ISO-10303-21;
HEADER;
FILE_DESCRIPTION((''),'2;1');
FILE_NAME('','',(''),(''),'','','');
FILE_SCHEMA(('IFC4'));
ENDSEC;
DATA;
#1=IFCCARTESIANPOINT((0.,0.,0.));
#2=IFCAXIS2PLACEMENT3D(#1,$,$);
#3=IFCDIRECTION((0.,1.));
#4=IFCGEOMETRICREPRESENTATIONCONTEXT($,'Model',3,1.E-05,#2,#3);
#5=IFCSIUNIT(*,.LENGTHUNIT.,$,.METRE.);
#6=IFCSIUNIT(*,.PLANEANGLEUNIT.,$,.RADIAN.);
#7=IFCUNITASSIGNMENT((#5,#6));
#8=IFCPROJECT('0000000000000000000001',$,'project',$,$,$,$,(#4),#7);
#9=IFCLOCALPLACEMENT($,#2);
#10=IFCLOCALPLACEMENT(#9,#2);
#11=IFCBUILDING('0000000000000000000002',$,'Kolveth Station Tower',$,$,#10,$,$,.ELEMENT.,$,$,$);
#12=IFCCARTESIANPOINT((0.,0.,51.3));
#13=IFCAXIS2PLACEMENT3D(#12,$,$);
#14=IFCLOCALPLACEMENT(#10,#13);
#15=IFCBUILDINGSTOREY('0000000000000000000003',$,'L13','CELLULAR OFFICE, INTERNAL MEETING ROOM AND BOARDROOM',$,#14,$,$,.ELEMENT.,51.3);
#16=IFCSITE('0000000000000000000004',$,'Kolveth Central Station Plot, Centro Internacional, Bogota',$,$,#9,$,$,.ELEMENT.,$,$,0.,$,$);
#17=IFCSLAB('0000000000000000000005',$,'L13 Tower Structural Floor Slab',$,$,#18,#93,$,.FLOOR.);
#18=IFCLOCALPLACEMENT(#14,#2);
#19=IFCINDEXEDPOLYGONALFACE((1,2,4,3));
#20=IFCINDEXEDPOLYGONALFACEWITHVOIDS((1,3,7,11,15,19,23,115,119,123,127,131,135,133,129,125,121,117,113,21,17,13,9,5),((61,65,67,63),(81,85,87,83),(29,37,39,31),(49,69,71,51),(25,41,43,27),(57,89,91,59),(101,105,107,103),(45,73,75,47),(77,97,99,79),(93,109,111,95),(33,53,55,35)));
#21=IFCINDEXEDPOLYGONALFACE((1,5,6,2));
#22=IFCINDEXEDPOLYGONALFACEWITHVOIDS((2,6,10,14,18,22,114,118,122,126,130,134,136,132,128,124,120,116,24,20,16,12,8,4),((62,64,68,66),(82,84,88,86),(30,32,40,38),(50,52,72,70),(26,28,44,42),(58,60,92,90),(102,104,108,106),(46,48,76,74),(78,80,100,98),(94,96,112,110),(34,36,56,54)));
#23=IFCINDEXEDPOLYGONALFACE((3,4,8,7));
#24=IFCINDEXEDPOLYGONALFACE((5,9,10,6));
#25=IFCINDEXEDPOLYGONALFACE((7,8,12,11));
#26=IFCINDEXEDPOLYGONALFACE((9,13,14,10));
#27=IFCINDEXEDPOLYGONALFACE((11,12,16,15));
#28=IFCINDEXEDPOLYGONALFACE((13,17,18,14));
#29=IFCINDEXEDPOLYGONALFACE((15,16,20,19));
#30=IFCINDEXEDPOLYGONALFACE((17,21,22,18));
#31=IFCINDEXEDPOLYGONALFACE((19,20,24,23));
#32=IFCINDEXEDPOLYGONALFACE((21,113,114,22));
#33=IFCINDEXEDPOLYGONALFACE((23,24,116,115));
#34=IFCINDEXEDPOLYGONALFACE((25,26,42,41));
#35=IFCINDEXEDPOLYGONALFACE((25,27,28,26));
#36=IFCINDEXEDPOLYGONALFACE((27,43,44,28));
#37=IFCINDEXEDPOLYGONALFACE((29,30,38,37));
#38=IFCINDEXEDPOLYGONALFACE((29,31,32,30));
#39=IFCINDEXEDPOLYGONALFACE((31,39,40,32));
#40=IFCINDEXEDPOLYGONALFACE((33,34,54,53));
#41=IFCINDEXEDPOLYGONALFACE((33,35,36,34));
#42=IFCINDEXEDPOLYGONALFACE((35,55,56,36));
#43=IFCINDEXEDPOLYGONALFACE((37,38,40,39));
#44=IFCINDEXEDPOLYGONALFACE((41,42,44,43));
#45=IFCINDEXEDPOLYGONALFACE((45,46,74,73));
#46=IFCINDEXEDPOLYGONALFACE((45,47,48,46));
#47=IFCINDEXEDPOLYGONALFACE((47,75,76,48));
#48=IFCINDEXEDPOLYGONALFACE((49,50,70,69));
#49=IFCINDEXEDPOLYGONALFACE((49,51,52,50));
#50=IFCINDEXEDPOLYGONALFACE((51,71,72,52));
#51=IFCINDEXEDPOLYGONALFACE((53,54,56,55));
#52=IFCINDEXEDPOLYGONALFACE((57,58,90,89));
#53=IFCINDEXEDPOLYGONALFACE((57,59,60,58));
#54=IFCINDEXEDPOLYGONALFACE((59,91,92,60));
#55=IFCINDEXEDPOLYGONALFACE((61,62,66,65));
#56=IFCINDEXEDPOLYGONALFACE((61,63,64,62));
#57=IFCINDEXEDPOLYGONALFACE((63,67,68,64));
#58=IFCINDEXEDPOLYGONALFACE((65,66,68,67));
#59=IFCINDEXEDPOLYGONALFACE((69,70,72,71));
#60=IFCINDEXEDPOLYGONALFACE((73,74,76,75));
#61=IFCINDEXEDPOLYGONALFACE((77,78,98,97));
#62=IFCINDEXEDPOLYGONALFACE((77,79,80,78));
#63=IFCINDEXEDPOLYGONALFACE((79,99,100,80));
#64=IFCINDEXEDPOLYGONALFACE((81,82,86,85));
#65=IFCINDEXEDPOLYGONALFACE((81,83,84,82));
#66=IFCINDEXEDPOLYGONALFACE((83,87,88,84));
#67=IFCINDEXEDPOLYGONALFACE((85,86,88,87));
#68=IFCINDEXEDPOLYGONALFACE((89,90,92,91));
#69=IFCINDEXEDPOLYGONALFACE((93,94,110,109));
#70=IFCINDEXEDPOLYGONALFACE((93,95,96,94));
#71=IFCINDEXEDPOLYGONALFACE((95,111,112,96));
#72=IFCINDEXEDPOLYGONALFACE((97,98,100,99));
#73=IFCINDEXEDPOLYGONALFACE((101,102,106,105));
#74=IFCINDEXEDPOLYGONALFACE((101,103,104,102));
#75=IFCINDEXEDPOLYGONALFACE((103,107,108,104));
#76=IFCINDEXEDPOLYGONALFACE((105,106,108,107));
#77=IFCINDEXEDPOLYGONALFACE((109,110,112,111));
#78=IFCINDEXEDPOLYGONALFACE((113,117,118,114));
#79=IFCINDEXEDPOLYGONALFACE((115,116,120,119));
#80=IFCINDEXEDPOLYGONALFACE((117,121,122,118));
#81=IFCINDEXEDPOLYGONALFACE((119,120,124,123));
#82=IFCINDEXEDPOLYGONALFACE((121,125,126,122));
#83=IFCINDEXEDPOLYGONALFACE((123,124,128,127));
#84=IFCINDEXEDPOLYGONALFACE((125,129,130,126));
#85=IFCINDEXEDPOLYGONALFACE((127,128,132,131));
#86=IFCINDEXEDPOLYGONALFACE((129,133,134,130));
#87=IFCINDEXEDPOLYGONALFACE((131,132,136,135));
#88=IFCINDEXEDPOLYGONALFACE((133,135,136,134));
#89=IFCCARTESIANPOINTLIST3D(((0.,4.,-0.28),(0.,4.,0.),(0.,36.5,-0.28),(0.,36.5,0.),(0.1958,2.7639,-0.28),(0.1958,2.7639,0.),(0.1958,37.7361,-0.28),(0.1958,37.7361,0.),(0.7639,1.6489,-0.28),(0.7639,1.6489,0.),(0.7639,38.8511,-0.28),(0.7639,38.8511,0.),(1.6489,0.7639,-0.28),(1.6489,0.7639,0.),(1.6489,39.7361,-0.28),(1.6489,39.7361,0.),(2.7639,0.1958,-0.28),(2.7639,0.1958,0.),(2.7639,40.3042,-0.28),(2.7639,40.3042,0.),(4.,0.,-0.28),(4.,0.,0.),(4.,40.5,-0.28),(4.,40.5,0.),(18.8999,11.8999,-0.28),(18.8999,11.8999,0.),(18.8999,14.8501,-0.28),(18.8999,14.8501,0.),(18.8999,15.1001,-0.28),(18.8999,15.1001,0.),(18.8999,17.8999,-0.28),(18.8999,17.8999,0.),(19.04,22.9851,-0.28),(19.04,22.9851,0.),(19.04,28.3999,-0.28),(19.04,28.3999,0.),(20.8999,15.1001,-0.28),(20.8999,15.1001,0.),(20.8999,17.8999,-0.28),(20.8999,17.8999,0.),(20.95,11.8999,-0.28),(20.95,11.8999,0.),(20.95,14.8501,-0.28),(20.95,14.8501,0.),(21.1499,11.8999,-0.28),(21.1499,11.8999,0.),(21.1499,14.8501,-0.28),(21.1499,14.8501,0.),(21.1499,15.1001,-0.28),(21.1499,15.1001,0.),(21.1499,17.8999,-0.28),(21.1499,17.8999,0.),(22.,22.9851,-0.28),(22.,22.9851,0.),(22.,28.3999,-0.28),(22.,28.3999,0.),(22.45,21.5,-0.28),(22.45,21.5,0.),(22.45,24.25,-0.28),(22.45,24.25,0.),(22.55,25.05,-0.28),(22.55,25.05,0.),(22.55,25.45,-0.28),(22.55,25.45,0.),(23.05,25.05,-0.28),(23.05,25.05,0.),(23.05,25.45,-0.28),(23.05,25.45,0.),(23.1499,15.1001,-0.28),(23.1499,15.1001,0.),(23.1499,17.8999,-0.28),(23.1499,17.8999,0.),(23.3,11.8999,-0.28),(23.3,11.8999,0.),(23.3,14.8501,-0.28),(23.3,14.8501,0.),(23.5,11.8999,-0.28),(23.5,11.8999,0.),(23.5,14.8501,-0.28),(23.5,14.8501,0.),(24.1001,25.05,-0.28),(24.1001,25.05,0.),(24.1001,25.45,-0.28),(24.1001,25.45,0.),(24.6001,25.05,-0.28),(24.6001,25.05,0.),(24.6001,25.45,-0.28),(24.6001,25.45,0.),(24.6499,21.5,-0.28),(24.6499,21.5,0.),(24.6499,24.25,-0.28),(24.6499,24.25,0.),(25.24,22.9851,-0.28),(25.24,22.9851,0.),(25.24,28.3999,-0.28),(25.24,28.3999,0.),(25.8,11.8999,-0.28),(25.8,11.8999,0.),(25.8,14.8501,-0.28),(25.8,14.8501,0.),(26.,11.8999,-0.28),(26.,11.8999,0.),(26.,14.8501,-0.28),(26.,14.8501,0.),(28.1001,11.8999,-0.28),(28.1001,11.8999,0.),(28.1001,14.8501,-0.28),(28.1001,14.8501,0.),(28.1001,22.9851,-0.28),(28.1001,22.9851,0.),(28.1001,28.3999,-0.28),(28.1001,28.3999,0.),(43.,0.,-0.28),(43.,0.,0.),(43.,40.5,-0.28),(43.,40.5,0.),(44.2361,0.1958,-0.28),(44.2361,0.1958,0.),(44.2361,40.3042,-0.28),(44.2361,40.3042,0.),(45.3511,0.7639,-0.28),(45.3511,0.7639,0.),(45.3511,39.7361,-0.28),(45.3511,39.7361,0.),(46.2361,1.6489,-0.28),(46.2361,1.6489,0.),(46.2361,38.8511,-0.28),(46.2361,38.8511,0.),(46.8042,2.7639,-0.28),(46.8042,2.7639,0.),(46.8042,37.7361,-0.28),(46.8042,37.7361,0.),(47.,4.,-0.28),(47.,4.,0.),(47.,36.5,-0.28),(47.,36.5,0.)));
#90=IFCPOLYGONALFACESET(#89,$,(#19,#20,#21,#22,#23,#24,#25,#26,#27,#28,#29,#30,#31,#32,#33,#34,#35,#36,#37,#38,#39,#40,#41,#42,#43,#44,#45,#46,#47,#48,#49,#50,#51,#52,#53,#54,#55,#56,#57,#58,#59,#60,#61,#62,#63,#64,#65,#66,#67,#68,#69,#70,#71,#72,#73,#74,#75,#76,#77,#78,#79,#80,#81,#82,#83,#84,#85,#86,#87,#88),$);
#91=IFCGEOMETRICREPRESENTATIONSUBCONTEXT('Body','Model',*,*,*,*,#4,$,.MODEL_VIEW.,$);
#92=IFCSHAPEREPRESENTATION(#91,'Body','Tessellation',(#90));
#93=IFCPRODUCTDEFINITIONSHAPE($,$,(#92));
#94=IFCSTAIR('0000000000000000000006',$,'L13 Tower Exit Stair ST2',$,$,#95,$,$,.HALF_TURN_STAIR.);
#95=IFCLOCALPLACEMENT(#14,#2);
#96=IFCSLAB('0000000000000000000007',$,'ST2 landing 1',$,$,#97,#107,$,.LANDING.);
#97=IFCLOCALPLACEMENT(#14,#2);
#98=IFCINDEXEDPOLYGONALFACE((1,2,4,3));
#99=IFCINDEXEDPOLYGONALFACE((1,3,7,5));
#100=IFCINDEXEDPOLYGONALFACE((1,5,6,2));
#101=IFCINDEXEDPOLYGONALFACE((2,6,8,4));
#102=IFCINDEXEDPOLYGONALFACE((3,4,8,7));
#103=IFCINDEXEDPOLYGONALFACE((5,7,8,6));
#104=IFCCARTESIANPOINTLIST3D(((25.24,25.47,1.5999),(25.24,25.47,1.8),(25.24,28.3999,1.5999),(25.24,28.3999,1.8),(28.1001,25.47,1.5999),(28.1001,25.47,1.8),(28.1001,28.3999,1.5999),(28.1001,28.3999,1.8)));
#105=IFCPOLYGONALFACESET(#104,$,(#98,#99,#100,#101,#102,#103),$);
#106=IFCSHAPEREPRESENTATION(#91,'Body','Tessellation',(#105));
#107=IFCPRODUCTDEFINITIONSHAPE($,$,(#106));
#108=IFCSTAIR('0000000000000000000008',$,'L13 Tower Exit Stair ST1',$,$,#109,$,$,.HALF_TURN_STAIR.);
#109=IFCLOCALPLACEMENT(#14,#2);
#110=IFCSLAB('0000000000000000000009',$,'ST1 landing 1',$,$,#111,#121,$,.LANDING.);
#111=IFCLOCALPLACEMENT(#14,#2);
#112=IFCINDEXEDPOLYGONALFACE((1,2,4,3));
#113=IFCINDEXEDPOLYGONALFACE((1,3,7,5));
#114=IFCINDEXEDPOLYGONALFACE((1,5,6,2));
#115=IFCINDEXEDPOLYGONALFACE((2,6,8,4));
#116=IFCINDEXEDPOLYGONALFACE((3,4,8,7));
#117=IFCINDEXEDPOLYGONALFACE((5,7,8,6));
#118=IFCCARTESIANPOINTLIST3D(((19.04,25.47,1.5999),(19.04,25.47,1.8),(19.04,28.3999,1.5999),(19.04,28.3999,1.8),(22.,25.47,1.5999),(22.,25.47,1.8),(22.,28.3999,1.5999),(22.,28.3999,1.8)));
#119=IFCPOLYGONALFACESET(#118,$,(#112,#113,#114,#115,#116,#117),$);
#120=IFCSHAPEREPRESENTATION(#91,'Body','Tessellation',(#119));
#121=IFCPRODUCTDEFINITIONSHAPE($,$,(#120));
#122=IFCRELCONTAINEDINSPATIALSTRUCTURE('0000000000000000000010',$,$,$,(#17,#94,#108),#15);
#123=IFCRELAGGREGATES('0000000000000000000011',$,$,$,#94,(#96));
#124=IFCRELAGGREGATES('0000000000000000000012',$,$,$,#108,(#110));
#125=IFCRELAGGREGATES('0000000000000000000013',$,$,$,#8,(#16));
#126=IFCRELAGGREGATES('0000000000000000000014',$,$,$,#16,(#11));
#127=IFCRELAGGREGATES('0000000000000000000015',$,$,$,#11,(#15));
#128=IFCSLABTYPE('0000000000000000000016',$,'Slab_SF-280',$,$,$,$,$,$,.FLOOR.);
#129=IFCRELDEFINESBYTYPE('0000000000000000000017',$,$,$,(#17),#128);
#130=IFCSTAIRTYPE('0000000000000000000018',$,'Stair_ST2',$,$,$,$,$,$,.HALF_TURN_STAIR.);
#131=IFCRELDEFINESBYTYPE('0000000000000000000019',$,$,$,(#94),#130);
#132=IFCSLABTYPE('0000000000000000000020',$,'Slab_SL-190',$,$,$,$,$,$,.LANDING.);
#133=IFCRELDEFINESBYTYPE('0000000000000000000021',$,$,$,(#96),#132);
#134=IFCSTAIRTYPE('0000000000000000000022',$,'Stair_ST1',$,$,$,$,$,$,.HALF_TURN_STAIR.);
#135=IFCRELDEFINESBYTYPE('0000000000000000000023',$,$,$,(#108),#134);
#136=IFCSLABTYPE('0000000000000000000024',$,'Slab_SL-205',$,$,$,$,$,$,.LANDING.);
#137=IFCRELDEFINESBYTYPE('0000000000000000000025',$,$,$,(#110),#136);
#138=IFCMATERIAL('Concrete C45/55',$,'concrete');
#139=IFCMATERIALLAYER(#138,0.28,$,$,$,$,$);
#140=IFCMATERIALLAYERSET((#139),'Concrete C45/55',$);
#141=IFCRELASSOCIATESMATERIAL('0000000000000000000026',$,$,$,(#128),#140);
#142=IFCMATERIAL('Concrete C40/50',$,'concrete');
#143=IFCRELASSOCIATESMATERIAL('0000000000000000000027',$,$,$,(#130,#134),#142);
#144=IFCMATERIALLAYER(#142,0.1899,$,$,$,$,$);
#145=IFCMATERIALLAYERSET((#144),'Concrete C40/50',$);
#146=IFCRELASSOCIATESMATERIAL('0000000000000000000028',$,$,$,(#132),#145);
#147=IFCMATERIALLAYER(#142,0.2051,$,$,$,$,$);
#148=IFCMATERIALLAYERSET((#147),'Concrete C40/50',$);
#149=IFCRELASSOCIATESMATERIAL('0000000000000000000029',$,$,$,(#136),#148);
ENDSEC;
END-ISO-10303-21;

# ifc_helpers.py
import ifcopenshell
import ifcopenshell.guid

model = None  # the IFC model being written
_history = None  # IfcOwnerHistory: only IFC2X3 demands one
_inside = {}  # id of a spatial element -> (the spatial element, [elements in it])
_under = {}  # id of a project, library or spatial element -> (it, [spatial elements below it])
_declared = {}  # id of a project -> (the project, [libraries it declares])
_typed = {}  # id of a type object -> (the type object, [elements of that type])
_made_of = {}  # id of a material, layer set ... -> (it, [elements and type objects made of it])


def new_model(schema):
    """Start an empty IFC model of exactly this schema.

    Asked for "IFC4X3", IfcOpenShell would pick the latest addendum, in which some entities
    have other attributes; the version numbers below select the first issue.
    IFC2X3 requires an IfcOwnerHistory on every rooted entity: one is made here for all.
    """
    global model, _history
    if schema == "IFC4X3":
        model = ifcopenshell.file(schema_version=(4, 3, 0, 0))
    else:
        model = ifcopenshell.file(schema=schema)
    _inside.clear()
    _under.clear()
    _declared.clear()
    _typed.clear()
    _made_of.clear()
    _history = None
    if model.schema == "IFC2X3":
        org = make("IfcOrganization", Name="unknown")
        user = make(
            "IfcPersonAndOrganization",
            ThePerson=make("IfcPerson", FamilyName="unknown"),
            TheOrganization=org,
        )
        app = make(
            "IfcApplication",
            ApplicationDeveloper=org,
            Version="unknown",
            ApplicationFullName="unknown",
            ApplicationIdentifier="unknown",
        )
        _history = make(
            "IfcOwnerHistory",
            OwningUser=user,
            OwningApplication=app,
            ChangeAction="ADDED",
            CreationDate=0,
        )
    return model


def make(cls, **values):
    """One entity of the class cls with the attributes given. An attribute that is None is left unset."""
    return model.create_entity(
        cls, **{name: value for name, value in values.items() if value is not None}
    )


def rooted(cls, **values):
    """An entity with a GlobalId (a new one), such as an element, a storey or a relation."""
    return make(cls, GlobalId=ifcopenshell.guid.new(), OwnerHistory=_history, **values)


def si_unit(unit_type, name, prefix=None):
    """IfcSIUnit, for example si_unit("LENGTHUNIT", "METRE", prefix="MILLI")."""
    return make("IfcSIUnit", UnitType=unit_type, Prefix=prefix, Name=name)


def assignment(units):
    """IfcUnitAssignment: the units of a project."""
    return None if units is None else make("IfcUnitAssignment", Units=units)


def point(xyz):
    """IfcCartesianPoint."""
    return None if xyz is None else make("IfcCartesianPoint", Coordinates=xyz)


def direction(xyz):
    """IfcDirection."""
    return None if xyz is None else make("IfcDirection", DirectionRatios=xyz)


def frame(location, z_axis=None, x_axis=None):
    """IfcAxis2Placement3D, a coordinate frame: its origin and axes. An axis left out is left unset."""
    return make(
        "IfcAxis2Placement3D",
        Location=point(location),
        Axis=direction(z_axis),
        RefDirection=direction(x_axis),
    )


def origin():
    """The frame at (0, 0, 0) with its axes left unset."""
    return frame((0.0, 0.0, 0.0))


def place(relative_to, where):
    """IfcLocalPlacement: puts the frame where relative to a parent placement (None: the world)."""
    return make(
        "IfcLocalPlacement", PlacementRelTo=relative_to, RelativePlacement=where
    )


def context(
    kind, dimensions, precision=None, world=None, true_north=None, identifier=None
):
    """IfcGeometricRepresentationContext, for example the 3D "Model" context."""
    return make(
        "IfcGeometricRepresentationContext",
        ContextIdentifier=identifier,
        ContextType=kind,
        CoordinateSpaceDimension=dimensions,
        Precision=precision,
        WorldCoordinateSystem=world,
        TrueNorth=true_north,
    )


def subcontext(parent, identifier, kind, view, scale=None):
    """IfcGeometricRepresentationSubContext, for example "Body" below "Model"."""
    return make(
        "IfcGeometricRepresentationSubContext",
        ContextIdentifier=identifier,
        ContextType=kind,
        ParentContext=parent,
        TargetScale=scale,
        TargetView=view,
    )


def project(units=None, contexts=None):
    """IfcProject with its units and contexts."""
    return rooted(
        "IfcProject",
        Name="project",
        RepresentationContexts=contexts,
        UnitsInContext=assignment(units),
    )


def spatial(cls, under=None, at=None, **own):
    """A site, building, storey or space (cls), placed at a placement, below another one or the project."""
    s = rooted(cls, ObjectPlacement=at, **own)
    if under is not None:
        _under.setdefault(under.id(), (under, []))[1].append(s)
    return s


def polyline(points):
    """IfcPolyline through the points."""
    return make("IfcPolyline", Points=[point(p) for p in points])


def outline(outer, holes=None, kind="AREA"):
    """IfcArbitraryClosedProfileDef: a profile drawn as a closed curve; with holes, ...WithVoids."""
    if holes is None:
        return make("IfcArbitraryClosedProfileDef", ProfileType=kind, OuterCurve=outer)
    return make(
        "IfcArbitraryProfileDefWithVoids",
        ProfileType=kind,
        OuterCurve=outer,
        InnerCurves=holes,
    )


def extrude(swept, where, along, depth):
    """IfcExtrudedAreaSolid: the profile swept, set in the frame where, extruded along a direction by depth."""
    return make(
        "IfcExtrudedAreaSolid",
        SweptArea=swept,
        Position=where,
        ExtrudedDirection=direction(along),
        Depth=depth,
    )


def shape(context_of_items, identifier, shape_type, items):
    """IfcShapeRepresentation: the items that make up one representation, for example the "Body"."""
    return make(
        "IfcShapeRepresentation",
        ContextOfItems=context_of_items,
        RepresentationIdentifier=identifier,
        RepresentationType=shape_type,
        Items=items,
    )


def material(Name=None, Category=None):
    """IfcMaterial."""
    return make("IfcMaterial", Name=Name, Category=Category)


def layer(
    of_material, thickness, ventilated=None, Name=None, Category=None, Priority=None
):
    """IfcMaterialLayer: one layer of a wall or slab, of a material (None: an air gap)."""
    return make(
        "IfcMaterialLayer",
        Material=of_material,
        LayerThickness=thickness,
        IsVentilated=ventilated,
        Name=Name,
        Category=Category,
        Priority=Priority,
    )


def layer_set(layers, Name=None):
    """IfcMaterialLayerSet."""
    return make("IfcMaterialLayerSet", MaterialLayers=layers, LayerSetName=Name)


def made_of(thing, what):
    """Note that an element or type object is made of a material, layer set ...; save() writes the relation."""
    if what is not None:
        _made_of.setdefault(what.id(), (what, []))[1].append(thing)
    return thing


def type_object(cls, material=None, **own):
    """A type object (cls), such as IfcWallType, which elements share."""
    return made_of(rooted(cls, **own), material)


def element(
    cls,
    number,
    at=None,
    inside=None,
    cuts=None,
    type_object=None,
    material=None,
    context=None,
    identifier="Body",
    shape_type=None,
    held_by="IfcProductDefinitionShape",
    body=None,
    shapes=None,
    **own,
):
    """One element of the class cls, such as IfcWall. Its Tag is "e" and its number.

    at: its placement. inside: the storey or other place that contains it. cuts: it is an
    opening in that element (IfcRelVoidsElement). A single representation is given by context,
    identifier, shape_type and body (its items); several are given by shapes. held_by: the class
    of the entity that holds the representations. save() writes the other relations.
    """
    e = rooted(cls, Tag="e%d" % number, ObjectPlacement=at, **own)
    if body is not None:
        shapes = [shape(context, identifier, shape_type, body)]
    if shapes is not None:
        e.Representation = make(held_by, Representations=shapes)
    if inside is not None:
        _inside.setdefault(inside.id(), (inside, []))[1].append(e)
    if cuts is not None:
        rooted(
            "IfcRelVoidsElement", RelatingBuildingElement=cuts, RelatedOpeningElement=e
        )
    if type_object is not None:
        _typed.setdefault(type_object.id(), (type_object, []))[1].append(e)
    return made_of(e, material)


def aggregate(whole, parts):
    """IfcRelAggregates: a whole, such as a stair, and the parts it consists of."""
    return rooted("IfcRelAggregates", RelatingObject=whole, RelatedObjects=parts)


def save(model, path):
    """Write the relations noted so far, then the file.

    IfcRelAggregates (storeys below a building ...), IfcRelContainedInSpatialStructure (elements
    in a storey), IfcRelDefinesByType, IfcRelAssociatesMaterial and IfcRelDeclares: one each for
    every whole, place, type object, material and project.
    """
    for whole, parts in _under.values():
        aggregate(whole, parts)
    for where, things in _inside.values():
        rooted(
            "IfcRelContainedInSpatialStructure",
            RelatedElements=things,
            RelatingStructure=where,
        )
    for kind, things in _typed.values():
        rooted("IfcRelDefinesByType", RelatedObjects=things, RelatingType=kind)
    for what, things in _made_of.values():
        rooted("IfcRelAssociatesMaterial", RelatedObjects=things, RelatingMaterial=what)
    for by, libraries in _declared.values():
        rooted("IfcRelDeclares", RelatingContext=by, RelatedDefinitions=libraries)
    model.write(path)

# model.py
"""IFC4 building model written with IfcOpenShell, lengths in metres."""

from ifc_helpers import new_model, si_unit, direction, frame, origin, place, context, subcontext, project, spatial, polyline, outline, extrude, material, layer, layer_set, type_object, element, aggregate, save


model = new_model("IFC4")

# Units and contexts
model_context = context("Model", 3, precision=1e-05, world=origin(), true_north=direction((0.0, 1.0)))
body_context = subcontext(model_context, "Body", "Model", "MODEL_VIEW")
ifc_project = project(units=[si_unit("LENGTHUNIT", "METRE"), si_unit("PLANEANGLEUNIT", "RADIAN")], contexts=[model_context])

# Site, building, storey
site_placement = place(None, origin())
site = spatial("IfcSite", under=ifc_project, at=site_placement, Name="Kolveth Central Station Plot, Centro Internacional, Bogota", CompositionType="ELEMENT", RefElevation=0.0)
building_placement = place(site_placement, origin())
building = spatial("IfcBuilding", under=site, at=building_placement, Name="Kolveth Station Tower", CompositionType="ELEMENT")
storey_placement = place(building_placement, frame((0.0, 0.0, 51.3)))
storey = spatial("IfcBuildingStorey", under=building, at=storey_placement, Name="L13", Description="CELLULAR OFFICE, INTERNAL MEETING ROOM AND BOARDROOM", CompositionType="ELEMENT", Elevation=51.3)

# Slab
ifc_material_1 = material(Name="Concrete C45/55", Category="concrete")
ifc_layer_1 = layer(ifc_material_1, 0.28)
ifc_layer_set_1 = layer_set([ifc_layer_1], Name="Concrete C45/55")
slab_type_1 = type_object("IfcSlabType", Name="Slab_SF-280", PredefinedType="FLOOR", material=ifc_layer_set_1)
slab_1_placement = place(storey_placement, frame((0.0, 0.0, -0.28)))
element("IfcSlab", 1, at=slab_1_placement, inside=storey, type_object=slab_type_1, Name="L13 Tower Structural Floor Slab", PredefinedType="FLOOR", context=body_context, shape_type="SweptSolid", body=[
    extrude(outline(polyline([(43.0, 0.0), (44.2361, 0.1958), (45.3511, 0.7639), (46.2361, 1.6489), (46.8042, 2.7639), (47.0, 4.0), (47.0, 36.5), (46.8042, 37.7361), (46.2361, 38.8511), (45.3511, 39.7361), (44.2361, 40.3042), (43.0, 40.5), (4.0, 40.5), (2.7639, 40.3042), (1.6489, 39.7361), (0.7639, 38.8511), (0.1958, 37.7361), (0.0, 36.5), (0.0, 4.0), (0.1958, 2.7639), (0.7639, 1.6489), (1.6489, 0.7639), (2.7639, 0.1958), (4.0, 0.0), (43.0, 0.0)]), holes=[polyline([(19.04, 22.9851), (22.0, 22.9851), (22.0, 28.3999), (19.04, 28.3999), (19.04, 22.9851)]), polyline([(25.24, 22.9851), (28.1001, 22.9851), (28.1001, 28.3999), (25.24, 28.3999), (25.24, 22.9851)]), polyline([(18.8999, 15.1001), (20.8999, 15.1001), (20.8999, 17.8999), (18.8999, 17.8999), (18.8999, 15.1001)]), polyline([(21.1499, 15.1001), (23.1499, 15.1001), (23.1499, 17.8999), (21.1499, 17.8999), (21.1499, 15.1001)]), polyline([(22.45, 21.5), (24.6499, 21.5), (24.6499, 24.25), (22.45, 24.25), (22.45, 21.5)]), polyline([(18.8999, 11.8999), (20.95, 11.8999), (20.95, 14.8501), (18.8999, 14.8501), (18.8999, 11.8999)]), polyline([(21.1499, 11.8999), (23.3, 11.8999), (23.3, 14.8501), (21.1499, 14.8501), (21.1499, 11.8999)]), polyline([(23.5, 11.8999), (25.8, 11.8999), (25.8, 14.8501), (23.5, 14.8501), (23.5, 11.8999)]), polyline([(26.0, 11.8999), (28.1001, 11.8999), (28.1001, 14.8501), (26.0, 14.8501), (26.0, 11.8999)]), polyline([(22.55, 25.05), (23.05, 25.05), (23.05, 25.45), (22.55, 25.45), (22.55, 25.05)]), polyline([(24.1001, 25.05), (24.6001, 25.05), (24.6001, 25.45), (24.1001, 25.45), (24.1001, 25.05)])]), origin(), (0.0, 0.0, 1.0), 0.28),
])

# Stairs, slabs
ifc_material_2 = material(Name="Concrete C40/50", Category="concrete")
stair_type_1 = type_object("IfcStairType", Name="Stair_ST2", PredefinedType="HALF_TURN_STAIR", material=ifc_material_2)
stair_1_placement = place(storey_placement, origin())
stair_1 = element("IfcStair", 2, at=stair_1_placement, inside=storey, type_object=stair_type_1, Name="L13 Tower Exit Stair ST2", PredefinedType="HALF_TURN_STAIR")
ifc_layer_2 = layer(ifc_material_2, 0.1899)
ifc_layer_set_2 = layer_set([ifc_layer_2], Name="Concrete C40/50")
slab_type_2 = type_object("IfcSlabType", Name="Slab_SL-190", PredefinedType="LANDING", material=ifc_layer_set_2)
slab_2_placement = place(storey_placement, frame((0.0, 0.0, 1.5999)))
slab_2 = element("IfcSlab", 3, at=slab_2_placement, type_object=slab_type_2, Name="ST2 landing 1", PredefinedType="LANDING", context=body_context, shape_type="SweptSolid", body=[
    extrude(outline(polyline([(28.1001, 25.47), (28.1001, 28.3999), (25.24, 28.3999), (25.24, 25.47), (28.1001, 25.47)])), origin(), (0.0, 0.0, 1.0), 0.2002),
])
aggregate(stair_1, [slab_2])
stair_type_2 = type_object("IfcStairType", Name="Stair_ST1", PredefinedType="HALF_TURN_STAIR", material=ifc_material_2)
stair_2_placement = place(storey_placement, origin())
stair_2 = element("IfcStair", 4, at=stair_2_placement, inside=storey, type_object=stair_type_2, Name="L13 Tower Exit Stair ST1", PredefinedType="HALF_TURN_STAIR")
ifc_layer_3 = layer(ifc_material_2, 0.2051)
ifc_layer_set_3 = layer_set([ifc_layer_3], Name="Concrete C40/50")
slab_type_3 = type_object("IfcSlabType", Name="Slab_SL-205", PredefinedType="LANDING", material=ifc_layer_set_3)
slab_3_placement = place(storey_placement, frame((0.0, 0.0, 1.5999)))
slab_3 = element("IfcSlab", 5, at=slab_3_placement, type_object=slab_type_3, Name="ST1 landing 1", PredefinedType="LANDING", context=body_context, shape_type="SweptSolid", body=[
    extrude(outline(polyline([(22.0, 25.47), (22.0, 28.3999), (19.04, 28.3999), (19.04, 25.47), (22.0, 25.47)])), origin(), (0.0, 0.0, 1.0), 0.2002),
])
aggregate(stair_2, [slab_3])

save(model, "model.ifc")
